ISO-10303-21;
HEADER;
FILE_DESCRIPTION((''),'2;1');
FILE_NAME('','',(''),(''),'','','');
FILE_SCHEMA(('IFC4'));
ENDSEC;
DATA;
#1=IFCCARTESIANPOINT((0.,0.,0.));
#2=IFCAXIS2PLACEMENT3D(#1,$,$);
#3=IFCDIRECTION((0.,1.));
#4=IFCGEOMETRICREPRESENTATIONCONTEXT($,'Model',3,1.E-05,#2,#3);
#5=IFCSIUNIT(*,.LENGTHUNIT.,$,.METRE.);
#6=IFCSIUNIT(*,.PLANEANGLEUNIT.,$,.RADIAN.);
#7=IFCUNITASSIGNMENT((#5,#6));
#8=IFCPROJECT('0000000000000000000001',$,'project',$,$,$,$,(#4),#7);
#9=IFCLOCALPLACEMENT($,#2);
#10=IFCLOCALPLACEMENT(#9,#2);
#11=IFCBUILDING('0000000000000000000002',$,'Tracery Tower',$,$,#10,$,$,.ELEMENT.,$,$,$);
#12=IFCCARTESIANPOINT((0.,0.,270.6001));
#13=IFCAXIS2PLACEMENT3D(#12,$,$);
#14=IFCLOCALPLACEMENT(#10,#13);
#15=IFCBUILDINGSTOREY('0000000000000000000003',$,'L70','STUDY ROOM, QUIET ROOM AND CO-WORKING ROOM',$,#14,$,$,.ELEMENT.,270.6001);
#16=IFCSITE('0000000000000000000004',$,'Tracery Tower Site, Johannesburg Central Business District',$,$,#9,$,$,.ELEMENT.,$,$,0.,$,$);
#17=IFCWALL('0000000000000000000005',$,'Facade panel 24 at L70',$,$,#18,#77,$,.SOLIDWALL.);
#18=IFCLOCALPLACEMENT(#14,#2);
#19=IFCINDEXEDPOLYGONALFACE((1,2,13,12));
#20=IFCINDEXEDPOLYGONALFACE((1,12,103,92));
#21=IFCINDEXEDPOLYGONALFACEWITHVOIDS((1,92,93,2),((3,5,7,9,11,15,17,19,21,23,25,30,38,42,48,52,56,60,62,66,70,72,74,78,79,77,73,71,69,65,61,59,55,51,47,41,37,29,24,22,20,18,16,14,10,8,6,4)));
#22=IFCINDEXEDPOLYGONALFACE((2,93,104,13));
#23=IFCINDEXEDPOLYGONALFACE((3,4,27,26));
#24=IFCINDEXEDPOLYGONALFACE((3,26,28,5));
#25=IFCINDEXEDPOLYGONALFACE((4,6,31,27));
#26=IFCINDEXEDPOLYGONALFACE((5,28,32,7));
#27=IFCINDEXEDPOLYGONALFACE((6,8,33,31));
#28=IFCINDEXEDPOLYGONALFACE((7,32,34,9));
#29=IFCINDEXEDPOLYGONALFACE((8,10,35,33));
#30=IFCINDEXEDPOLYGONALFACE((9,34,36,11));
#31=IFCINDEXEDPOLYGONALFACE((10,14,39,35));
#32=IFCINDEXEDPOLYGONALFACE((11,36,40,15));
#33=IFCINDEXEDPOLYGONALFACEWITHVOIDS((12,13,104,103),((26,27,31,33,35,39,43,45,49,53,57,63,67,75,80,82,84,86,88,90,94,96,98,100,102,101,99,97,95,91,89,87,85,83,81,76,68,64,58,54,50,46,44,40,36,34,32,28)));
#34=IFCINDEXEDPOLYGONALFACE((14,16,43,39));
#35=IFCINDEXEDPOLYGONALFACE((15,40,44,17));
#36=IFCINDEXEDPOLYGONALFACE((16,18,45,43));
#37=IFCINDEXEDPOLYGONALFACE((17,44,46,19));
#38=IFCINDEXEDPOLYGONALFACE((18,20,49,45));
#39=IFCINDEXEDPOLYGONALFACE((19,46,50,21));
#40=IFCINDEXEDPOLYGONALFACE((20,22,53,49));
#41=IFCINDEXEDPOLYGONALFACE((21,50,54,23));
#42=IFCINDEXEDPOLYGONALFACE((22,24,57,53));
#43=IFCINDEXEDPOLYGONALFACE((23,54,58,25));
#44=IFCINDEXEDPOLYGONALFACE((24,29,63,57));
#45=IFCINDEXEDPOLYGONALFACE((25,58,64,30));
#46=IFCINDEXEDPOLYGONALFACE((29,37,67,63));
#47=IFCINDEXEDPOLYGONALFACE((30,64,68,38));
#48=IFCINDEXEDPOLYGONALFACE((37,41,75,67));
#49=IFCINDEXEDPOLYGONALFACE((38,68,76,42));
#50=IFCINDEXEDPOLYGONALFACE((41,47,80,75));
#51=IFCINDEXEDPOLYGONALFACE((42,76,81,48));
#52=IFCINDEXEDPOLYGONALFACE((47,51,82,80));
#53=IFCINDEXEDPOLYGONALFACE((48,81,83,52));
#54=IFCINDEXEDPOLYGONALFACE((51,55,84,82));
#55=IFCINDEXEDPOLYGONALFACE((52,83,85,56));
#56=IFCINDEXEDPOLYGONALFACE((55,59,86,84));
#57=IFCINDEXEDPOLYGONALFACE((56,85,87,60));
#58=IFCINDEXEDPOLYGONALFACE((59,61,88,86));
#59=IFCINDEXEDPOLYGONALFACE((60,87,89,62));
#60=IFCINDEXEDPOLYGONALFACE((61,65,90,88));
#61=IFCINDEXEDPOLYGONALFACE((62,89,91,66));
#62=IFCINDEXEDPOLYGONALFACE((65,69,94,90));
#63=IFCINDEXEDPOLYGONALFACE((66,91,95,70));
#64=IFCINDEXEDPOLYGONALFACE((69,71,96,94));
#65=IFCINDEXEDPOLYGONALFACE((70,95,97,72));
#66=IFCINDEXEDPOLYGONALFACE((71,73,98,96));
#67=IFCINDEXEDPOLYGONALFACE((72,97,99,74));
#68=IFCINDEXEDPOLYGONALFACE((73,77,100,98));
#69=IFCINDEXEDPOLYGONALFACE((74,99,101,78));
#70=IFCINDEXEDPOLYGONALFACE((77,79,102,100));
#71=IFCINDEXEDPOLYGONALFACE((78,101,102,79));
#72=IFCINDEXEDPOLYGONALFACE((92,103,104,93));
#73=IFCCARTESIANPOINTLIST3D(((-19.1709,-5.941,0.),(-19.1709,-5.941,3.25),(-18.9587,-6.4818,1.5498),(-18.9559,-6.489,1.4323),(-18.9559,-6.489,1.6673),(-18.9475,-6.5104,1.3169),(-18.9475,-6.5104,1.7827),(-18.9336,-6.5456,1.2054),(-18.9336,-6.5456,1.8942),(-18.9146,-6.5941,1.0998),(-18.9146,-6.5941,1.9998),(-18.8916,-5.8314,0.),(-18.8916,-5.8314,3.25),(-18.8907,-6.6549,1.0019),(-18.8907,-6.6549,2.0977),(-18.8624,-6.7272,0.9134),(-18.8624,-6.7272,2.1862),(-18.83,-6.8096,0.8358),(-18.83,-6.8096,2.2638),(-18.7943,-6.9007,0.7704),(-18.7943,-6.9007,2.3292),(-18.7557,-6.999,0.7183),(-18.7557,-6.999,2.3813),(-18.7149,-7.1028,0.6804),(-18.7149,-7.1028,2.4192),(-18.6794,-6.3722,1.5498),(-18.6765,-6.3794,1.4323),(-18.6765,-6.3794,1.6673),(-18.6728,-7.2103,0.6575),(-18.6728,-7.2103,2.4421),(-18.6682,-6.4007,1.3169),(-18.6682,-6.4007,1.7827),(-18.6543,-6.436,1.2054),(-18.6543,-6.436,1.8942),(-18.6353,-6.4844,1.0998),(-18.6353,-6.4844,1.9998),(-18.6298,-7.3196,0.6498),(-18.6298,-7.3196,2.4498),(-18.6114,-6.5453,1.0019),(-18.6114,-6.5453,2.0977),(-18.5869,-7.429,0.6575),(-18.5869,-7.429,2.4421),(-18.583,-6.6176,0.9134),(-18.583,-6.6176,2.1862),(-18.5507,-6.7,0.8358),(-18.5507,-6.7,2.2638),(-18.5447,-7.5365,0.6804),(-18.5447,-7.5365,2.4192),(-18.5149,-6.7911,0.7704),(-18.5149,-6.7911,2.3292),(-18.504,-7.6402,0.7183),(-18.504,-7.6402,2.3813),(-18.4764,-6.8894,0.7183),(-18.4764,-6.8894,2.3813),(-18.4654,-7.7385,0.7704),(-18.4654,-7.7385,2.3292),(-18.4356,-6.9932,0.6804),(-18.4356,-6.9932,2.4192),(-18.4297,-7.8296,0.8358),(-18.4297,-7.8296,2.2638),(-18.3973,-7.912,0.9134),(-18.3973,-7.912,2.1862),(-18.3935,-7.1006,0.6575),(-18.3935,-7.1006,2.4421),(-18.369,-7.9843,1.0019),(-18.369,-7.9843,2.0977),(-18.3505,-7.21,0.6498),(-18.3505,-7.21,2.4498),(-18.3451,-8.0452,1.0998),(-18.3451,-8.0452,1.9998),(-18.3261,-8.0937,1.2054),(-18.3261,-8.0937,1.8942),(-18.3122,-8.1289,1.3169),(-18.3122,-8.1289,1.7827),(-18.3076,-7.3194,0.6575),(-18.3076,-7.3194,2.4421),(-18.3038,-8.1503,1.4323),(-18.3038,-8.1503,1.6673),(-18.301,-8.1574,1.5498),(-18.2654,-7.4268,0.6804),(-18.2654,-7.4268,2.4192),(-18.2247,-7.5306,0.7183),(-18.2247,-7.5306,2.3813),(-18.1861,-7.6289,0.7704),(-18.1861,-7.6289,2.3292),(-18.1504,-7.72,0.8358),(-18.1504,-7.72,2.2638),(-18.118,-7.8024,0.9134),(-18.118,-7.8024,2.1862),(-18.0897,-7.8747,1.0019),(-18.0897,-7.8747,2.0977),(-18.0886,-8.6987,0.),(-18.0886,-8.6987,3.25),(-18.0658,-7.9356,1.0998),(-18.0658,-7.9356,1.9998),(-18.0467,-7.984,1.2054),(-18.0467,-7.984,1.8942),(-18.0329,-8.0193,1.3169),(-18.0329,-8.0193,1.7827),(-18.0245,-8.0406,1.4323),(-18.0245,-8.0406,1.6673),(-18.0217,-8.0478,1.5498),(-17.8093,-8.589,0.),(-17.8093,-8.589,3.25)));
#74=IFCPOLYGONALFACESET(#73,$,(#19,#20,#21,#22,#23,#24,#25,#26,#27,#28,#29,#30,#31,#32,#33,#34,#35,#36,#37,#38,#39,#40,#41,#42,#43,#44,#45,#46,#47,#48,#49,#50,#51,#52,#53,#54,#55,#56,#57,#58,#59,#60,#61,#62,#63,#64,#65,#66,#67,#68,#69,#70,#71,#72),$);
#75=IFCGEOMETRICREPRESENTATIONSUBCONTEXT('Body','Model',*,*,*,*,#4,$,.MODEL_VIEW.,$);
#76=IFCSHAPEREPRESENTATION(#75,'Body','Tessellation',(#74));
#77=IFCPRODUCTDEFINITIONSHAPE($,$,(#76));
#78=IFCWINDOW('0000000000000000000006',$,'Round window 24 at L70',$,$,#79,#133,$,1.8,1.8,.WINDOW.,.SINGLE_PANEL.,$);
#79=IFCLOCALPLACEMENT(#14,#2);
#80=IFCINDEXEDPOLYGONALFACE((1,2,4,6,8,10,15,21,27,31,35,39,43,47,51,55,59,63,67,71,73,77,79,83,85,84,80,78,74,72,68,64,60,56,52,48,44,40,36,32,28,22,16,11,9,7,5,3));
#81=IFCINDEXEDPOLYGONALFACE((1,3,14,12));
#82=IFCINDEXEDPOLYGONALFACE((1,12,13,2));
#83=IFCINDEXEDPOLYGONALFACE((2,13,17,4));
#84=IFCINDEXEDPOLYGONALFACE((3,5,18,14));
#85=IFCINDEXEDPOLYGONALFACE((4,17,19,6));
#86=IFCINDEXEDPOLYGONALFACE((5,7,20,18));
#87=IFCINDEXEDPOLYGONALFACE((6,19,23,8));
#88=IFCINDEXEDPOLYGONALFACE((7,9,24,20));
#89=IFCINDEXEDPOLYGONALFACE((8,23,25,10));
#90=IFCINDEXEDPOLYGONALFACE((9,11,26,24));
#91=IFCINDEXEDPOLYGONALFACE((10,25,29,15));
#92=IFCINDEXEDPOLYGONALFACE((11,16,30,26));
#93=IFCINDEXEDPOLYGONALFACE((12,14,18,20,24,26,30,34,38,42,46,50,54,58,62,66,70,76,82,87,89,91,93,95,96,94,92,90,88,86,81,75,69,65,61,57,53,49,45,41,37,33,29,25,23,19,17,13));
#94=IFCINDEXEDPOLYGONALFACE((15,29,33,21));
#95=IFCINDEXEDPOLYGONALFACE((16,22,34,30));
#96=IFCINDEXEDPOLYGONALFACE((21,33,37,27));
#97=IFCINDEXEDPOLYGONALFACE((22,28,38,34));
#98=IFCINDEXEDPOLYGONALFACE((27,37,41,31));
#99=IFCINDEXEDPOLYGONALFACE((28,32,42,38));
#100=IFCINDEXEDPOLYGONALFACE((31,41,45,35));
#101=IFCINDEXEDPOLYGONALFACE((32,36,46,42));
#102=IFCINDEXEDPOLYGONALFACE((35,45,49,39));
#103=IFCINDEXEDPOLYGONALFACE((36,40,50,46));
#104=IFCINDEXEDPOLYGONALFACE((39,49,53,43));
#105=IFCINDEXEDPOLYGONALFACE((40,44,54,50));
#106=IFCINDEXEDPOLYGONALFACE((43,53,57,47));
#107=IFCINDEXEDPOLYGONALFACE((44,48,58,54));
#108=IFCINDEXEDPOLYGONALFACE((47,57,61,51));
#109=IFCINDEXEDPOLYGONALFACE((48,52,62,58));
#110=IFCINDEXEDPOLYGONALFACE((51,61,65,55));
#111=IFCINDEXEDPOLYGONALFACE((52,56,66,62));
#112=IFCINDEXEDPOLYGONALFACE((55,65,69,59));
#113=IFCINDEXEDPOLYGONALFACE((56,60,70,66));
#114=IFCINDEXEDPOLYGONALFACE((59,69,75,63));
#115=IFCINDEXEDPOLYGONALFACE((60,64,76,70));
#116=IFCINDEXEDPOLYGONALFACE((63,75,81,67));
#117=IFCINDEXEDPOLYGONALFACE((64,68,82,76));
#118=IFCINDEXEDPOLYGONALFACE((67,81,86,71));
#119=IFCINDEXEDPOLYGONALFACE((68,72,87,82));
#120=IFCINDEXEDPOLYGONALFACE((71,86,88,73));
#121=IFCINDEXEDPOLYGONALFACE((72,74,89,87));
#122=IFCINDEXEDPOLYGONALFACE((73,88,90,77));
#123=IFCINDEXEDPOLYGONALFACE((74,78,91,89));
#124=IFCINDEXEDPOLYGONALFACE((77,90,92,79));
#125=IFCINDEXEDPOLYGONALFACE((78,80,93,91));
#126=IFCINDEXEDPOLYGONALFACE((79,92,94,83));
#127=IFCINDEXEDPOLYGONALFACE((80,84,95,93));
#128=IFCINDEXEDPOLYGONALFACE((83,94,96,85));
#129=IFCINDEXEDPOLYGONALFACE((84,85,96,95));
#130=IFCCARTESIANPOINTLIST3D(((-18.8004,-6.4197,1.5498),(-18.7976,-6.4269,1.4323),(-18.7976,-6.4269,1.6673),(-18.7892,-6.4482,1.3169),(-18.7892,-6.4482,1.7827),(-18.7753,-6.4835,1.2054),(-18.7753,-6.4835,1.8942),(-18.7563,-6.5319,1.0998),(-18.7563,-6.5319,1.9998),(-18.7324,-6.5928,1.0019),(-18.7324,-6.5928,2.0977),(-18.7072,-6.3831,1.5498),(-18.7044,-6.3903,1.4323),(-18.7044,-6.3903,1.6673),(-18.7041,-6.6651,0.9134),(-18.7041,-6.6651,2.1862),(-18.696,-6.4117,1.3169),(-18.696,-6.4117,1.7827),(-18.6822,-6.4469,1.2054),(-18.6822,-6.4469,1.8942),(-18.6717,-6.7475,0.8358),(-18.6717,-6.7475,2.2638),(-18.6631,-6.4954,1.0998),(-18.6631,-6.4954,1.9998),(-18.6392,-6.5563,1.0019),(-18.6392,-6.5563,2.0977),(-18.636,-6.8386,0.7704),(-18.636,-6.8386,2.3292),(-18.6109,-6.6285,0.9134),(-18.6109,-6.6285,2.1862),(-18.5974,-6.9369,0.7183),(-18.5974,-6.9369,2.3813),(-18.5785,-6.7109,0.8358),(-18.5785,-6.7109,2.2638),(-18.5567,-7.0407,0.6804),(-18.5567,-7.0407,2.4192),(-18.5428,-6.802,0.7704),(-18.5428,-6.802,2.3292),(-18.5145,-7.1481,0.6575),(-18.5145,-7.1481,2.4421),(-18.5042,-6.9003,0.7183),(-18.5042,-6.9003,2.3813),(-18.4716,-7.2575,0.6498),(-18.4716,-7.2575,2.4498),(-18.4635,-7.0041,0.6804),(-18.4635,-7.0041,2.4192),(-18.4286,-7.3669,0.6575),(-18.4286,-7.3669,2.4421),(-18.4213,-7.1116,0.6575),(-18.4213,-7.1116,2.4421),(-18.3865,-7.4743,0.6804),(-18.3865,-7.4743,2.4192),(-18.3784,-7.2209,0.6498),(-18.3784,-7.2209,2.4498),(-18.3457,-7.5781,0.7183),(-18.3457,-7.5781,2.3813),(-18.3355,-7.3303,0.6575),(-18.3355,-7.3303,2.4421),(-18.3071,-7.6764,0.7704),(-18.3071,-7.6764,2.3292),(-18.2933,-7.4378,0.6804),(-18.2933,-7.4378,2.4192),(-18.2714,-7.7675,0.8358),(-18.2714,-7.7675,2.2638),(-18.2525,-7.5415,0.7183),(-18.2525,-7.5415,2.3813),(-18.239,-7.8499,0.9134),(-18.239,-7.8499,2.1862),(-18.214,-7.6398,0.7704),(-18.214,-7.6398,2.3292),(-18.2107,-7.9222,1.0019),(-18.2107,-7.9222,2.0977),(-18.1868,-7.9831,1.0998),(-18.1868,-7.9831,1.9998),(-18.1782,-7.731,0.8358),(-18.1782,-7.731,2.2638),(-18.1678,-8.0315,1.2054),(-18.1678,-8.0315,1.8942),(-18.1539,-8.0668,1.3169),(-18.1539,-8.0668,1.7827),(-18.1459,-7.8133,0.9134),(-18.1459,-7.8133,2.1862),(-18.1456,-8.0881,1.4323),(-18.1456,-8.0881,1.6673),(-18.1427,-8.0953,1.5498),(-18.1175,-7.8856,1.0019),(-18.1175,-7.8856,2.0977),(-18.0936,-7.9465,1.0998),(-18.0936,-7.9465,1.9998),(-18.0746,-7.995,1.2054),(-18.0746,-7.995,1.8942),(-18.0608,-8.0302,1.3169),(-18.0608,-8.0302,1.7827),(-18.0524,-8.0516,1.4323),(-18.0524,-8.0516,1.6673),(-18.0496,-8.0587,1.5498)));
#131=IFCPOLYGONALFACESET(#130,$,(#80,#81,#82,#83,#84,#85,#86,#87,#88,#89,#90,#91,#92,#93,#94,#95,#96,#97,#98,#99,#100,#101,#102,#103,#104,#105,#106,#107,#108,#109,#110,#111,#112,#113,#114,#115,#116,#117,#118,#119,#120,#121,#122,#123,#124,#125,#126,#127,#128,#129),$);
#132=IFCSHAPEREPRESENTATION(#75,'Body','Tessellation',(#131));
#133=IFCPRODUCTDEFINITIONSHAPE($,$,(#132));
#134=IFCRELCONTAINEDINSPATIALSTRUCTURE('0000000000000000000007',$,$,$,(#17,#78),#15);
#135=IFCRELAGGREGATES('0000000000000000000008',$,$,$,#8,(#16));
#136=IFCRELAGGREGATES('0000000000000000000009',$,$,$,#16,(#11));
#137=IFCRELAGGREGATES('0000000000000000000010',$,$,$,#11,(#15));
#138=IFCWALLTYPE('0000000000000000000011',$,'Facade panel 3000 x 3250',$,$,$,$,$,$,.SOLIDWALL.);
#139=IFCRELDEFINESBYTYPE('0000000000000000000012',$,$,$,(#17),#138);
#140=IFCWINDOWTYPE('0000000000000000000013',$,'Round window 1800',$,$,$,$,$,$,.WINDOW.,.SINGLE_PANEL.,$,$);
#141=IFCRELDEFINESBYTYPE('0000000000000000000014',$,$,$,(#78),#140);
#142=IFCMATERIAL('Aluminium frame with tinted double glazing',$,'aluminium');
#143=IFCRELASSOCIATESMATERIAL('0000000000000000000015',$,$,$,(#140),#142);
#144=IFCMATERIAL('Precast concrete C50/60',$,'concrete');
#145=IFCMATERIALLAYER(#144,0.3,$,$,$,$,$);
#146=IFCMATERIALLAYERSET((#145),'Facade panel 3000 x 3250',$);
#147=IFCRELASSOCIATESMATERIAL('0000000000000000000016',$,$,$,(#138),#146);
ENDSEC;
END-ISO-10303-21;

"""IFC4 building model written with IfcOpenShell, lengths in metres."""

from ifc_helpers import new_model, si_unit, direction, frame, frame_2d, origin, origin_2d, place, context, subcontext, project, spatial, rectangle, circle, extrude, material, layer, layer_set, type_object, element, fill, save


model = new_model("IFC4")

# Units and contexts
model_context = context("Model", 3, precision=1e-05, world=origin(), true_north=direction((0.0, 1.0)))
body_context = subcontext(model_context, "Body", "Model", "MODEL_VIEW")
ifc_project = project(units=[si_unit("LENGTHUNIT", "METRE"), si_unit("PLANEANGLEUNIT", "RADIAN")], contexts=[model_context])

# Site, building, storey
site_placement = place(None, origin())
site = spatial("IfcSite", under=ifc_project, at=site_placement, Name="Tracery Tower Site, Johannesburg Central Business District", CompositionType="ELEMENT", RefElevation=0.0)
building_placement = place(site_placement, origin())
building = spatial("IfcBuilding", under=site, at=building_placement, Name="Tracery Tower", CompositionType="ELEMENT")
storey_placement = place(building_placement, frame((0.0, 0.0, 270.6001)))
storey = spatial("IfcBuildingStorey", under=building, at=storey_placement, Name="L70", Description="STUDY ROOM, QUIET ROOM AND CO-WORKING ROOM", CompositionType="ELEMENT", Elevation=270.6001)

# Wall, opening, window
ifc_material_1 = material(Name="Aluminium frame with tinted double glazing", Category="aluminium")
window_type = type_object("IfcWindowType", Name="Round window 1800", PartitioningType="SINGLE_PANEL", PredefinedType="WINDOW", material=ifc_material_1)
ifc_material_2 = material(Name="Precast concrete C50/60", Category="concrete")
ifc_layer_1 = layer(ifc_material_2, 0.3)
ifc_layer_set_1 = layer_set([ifc_layer_1], Name="Facade panel 3000 x 3250")
wall_type_1 = type_object("IfcWallType", Name="Facade panel 3000 x 3250", PredefinedType="SOLIDWALL", material=ifc_layer_set_1)
wall_1_placement = place(storey_placement, frame((-19.0312, -5.8862, 0.0), z_axis=(0.0, 0.0, 1.0), x_axis=(0.365344, -0.930873, 0.0)))
wall_1 = element("IfcWall", 1, at=wall_1_placement, inside=storey, type_object=wall_type_1, Name="Facade panel 24 at L70", PredefinedType="SOLIDWALL", context=body_context, shape_type="SweptSolid", body=[
    extrude(rectangle(XDim=2.9624, YDim=0.3, at=frame_2d((1.4812, 0.0))), origin(), (0.0, 0.0, 1.0), 3.25),
])
opening_1_placement = place(wall_1_placement, frame((1.481, 0.0, 1.5498)))
opening_1 = element("IfcOpeningElement", 2, at=opening_1_placement, cuts=wall_1, PredefinedType="OPENING", context=body_context, shape_type="SweptSolid", body=[
    extrude(circle(Radius=0.9, at=origin_2d()), frame((0.0, 0.1599, 0.0), z_axis=(0.0, -1.0, 0.0), x_axis=(1.0, 0.0, 0.0)), (0.0, 0.0, 1.0), 0.3201),
])
window_1_placement = place(opening_1_placement, origin())
window_1 = element("IfcWindow", 3, at=window_1_placement, inside=storey, type_object=window_type, Name="Round window 24 at L70", OverallHeight=1.8, OverallWidth=1.8, PartitioningType="SINGLE_PANEL", PredefinedType="WINDOW", context=body_context, shape_type="SweptSolid", body=[
    extrude(circle(Radius=0.9, at=origin_2d()), frame((0.0, 0.1201, 0.0), z_axis=(0.0, -1.0, 0.0), x_axis=(1.0, 0.0, 0.0)), (0.0, 0.0, 1.0), 0.1001),
])
fill(opening_1, window_1)

save(model, "model.ifc")
